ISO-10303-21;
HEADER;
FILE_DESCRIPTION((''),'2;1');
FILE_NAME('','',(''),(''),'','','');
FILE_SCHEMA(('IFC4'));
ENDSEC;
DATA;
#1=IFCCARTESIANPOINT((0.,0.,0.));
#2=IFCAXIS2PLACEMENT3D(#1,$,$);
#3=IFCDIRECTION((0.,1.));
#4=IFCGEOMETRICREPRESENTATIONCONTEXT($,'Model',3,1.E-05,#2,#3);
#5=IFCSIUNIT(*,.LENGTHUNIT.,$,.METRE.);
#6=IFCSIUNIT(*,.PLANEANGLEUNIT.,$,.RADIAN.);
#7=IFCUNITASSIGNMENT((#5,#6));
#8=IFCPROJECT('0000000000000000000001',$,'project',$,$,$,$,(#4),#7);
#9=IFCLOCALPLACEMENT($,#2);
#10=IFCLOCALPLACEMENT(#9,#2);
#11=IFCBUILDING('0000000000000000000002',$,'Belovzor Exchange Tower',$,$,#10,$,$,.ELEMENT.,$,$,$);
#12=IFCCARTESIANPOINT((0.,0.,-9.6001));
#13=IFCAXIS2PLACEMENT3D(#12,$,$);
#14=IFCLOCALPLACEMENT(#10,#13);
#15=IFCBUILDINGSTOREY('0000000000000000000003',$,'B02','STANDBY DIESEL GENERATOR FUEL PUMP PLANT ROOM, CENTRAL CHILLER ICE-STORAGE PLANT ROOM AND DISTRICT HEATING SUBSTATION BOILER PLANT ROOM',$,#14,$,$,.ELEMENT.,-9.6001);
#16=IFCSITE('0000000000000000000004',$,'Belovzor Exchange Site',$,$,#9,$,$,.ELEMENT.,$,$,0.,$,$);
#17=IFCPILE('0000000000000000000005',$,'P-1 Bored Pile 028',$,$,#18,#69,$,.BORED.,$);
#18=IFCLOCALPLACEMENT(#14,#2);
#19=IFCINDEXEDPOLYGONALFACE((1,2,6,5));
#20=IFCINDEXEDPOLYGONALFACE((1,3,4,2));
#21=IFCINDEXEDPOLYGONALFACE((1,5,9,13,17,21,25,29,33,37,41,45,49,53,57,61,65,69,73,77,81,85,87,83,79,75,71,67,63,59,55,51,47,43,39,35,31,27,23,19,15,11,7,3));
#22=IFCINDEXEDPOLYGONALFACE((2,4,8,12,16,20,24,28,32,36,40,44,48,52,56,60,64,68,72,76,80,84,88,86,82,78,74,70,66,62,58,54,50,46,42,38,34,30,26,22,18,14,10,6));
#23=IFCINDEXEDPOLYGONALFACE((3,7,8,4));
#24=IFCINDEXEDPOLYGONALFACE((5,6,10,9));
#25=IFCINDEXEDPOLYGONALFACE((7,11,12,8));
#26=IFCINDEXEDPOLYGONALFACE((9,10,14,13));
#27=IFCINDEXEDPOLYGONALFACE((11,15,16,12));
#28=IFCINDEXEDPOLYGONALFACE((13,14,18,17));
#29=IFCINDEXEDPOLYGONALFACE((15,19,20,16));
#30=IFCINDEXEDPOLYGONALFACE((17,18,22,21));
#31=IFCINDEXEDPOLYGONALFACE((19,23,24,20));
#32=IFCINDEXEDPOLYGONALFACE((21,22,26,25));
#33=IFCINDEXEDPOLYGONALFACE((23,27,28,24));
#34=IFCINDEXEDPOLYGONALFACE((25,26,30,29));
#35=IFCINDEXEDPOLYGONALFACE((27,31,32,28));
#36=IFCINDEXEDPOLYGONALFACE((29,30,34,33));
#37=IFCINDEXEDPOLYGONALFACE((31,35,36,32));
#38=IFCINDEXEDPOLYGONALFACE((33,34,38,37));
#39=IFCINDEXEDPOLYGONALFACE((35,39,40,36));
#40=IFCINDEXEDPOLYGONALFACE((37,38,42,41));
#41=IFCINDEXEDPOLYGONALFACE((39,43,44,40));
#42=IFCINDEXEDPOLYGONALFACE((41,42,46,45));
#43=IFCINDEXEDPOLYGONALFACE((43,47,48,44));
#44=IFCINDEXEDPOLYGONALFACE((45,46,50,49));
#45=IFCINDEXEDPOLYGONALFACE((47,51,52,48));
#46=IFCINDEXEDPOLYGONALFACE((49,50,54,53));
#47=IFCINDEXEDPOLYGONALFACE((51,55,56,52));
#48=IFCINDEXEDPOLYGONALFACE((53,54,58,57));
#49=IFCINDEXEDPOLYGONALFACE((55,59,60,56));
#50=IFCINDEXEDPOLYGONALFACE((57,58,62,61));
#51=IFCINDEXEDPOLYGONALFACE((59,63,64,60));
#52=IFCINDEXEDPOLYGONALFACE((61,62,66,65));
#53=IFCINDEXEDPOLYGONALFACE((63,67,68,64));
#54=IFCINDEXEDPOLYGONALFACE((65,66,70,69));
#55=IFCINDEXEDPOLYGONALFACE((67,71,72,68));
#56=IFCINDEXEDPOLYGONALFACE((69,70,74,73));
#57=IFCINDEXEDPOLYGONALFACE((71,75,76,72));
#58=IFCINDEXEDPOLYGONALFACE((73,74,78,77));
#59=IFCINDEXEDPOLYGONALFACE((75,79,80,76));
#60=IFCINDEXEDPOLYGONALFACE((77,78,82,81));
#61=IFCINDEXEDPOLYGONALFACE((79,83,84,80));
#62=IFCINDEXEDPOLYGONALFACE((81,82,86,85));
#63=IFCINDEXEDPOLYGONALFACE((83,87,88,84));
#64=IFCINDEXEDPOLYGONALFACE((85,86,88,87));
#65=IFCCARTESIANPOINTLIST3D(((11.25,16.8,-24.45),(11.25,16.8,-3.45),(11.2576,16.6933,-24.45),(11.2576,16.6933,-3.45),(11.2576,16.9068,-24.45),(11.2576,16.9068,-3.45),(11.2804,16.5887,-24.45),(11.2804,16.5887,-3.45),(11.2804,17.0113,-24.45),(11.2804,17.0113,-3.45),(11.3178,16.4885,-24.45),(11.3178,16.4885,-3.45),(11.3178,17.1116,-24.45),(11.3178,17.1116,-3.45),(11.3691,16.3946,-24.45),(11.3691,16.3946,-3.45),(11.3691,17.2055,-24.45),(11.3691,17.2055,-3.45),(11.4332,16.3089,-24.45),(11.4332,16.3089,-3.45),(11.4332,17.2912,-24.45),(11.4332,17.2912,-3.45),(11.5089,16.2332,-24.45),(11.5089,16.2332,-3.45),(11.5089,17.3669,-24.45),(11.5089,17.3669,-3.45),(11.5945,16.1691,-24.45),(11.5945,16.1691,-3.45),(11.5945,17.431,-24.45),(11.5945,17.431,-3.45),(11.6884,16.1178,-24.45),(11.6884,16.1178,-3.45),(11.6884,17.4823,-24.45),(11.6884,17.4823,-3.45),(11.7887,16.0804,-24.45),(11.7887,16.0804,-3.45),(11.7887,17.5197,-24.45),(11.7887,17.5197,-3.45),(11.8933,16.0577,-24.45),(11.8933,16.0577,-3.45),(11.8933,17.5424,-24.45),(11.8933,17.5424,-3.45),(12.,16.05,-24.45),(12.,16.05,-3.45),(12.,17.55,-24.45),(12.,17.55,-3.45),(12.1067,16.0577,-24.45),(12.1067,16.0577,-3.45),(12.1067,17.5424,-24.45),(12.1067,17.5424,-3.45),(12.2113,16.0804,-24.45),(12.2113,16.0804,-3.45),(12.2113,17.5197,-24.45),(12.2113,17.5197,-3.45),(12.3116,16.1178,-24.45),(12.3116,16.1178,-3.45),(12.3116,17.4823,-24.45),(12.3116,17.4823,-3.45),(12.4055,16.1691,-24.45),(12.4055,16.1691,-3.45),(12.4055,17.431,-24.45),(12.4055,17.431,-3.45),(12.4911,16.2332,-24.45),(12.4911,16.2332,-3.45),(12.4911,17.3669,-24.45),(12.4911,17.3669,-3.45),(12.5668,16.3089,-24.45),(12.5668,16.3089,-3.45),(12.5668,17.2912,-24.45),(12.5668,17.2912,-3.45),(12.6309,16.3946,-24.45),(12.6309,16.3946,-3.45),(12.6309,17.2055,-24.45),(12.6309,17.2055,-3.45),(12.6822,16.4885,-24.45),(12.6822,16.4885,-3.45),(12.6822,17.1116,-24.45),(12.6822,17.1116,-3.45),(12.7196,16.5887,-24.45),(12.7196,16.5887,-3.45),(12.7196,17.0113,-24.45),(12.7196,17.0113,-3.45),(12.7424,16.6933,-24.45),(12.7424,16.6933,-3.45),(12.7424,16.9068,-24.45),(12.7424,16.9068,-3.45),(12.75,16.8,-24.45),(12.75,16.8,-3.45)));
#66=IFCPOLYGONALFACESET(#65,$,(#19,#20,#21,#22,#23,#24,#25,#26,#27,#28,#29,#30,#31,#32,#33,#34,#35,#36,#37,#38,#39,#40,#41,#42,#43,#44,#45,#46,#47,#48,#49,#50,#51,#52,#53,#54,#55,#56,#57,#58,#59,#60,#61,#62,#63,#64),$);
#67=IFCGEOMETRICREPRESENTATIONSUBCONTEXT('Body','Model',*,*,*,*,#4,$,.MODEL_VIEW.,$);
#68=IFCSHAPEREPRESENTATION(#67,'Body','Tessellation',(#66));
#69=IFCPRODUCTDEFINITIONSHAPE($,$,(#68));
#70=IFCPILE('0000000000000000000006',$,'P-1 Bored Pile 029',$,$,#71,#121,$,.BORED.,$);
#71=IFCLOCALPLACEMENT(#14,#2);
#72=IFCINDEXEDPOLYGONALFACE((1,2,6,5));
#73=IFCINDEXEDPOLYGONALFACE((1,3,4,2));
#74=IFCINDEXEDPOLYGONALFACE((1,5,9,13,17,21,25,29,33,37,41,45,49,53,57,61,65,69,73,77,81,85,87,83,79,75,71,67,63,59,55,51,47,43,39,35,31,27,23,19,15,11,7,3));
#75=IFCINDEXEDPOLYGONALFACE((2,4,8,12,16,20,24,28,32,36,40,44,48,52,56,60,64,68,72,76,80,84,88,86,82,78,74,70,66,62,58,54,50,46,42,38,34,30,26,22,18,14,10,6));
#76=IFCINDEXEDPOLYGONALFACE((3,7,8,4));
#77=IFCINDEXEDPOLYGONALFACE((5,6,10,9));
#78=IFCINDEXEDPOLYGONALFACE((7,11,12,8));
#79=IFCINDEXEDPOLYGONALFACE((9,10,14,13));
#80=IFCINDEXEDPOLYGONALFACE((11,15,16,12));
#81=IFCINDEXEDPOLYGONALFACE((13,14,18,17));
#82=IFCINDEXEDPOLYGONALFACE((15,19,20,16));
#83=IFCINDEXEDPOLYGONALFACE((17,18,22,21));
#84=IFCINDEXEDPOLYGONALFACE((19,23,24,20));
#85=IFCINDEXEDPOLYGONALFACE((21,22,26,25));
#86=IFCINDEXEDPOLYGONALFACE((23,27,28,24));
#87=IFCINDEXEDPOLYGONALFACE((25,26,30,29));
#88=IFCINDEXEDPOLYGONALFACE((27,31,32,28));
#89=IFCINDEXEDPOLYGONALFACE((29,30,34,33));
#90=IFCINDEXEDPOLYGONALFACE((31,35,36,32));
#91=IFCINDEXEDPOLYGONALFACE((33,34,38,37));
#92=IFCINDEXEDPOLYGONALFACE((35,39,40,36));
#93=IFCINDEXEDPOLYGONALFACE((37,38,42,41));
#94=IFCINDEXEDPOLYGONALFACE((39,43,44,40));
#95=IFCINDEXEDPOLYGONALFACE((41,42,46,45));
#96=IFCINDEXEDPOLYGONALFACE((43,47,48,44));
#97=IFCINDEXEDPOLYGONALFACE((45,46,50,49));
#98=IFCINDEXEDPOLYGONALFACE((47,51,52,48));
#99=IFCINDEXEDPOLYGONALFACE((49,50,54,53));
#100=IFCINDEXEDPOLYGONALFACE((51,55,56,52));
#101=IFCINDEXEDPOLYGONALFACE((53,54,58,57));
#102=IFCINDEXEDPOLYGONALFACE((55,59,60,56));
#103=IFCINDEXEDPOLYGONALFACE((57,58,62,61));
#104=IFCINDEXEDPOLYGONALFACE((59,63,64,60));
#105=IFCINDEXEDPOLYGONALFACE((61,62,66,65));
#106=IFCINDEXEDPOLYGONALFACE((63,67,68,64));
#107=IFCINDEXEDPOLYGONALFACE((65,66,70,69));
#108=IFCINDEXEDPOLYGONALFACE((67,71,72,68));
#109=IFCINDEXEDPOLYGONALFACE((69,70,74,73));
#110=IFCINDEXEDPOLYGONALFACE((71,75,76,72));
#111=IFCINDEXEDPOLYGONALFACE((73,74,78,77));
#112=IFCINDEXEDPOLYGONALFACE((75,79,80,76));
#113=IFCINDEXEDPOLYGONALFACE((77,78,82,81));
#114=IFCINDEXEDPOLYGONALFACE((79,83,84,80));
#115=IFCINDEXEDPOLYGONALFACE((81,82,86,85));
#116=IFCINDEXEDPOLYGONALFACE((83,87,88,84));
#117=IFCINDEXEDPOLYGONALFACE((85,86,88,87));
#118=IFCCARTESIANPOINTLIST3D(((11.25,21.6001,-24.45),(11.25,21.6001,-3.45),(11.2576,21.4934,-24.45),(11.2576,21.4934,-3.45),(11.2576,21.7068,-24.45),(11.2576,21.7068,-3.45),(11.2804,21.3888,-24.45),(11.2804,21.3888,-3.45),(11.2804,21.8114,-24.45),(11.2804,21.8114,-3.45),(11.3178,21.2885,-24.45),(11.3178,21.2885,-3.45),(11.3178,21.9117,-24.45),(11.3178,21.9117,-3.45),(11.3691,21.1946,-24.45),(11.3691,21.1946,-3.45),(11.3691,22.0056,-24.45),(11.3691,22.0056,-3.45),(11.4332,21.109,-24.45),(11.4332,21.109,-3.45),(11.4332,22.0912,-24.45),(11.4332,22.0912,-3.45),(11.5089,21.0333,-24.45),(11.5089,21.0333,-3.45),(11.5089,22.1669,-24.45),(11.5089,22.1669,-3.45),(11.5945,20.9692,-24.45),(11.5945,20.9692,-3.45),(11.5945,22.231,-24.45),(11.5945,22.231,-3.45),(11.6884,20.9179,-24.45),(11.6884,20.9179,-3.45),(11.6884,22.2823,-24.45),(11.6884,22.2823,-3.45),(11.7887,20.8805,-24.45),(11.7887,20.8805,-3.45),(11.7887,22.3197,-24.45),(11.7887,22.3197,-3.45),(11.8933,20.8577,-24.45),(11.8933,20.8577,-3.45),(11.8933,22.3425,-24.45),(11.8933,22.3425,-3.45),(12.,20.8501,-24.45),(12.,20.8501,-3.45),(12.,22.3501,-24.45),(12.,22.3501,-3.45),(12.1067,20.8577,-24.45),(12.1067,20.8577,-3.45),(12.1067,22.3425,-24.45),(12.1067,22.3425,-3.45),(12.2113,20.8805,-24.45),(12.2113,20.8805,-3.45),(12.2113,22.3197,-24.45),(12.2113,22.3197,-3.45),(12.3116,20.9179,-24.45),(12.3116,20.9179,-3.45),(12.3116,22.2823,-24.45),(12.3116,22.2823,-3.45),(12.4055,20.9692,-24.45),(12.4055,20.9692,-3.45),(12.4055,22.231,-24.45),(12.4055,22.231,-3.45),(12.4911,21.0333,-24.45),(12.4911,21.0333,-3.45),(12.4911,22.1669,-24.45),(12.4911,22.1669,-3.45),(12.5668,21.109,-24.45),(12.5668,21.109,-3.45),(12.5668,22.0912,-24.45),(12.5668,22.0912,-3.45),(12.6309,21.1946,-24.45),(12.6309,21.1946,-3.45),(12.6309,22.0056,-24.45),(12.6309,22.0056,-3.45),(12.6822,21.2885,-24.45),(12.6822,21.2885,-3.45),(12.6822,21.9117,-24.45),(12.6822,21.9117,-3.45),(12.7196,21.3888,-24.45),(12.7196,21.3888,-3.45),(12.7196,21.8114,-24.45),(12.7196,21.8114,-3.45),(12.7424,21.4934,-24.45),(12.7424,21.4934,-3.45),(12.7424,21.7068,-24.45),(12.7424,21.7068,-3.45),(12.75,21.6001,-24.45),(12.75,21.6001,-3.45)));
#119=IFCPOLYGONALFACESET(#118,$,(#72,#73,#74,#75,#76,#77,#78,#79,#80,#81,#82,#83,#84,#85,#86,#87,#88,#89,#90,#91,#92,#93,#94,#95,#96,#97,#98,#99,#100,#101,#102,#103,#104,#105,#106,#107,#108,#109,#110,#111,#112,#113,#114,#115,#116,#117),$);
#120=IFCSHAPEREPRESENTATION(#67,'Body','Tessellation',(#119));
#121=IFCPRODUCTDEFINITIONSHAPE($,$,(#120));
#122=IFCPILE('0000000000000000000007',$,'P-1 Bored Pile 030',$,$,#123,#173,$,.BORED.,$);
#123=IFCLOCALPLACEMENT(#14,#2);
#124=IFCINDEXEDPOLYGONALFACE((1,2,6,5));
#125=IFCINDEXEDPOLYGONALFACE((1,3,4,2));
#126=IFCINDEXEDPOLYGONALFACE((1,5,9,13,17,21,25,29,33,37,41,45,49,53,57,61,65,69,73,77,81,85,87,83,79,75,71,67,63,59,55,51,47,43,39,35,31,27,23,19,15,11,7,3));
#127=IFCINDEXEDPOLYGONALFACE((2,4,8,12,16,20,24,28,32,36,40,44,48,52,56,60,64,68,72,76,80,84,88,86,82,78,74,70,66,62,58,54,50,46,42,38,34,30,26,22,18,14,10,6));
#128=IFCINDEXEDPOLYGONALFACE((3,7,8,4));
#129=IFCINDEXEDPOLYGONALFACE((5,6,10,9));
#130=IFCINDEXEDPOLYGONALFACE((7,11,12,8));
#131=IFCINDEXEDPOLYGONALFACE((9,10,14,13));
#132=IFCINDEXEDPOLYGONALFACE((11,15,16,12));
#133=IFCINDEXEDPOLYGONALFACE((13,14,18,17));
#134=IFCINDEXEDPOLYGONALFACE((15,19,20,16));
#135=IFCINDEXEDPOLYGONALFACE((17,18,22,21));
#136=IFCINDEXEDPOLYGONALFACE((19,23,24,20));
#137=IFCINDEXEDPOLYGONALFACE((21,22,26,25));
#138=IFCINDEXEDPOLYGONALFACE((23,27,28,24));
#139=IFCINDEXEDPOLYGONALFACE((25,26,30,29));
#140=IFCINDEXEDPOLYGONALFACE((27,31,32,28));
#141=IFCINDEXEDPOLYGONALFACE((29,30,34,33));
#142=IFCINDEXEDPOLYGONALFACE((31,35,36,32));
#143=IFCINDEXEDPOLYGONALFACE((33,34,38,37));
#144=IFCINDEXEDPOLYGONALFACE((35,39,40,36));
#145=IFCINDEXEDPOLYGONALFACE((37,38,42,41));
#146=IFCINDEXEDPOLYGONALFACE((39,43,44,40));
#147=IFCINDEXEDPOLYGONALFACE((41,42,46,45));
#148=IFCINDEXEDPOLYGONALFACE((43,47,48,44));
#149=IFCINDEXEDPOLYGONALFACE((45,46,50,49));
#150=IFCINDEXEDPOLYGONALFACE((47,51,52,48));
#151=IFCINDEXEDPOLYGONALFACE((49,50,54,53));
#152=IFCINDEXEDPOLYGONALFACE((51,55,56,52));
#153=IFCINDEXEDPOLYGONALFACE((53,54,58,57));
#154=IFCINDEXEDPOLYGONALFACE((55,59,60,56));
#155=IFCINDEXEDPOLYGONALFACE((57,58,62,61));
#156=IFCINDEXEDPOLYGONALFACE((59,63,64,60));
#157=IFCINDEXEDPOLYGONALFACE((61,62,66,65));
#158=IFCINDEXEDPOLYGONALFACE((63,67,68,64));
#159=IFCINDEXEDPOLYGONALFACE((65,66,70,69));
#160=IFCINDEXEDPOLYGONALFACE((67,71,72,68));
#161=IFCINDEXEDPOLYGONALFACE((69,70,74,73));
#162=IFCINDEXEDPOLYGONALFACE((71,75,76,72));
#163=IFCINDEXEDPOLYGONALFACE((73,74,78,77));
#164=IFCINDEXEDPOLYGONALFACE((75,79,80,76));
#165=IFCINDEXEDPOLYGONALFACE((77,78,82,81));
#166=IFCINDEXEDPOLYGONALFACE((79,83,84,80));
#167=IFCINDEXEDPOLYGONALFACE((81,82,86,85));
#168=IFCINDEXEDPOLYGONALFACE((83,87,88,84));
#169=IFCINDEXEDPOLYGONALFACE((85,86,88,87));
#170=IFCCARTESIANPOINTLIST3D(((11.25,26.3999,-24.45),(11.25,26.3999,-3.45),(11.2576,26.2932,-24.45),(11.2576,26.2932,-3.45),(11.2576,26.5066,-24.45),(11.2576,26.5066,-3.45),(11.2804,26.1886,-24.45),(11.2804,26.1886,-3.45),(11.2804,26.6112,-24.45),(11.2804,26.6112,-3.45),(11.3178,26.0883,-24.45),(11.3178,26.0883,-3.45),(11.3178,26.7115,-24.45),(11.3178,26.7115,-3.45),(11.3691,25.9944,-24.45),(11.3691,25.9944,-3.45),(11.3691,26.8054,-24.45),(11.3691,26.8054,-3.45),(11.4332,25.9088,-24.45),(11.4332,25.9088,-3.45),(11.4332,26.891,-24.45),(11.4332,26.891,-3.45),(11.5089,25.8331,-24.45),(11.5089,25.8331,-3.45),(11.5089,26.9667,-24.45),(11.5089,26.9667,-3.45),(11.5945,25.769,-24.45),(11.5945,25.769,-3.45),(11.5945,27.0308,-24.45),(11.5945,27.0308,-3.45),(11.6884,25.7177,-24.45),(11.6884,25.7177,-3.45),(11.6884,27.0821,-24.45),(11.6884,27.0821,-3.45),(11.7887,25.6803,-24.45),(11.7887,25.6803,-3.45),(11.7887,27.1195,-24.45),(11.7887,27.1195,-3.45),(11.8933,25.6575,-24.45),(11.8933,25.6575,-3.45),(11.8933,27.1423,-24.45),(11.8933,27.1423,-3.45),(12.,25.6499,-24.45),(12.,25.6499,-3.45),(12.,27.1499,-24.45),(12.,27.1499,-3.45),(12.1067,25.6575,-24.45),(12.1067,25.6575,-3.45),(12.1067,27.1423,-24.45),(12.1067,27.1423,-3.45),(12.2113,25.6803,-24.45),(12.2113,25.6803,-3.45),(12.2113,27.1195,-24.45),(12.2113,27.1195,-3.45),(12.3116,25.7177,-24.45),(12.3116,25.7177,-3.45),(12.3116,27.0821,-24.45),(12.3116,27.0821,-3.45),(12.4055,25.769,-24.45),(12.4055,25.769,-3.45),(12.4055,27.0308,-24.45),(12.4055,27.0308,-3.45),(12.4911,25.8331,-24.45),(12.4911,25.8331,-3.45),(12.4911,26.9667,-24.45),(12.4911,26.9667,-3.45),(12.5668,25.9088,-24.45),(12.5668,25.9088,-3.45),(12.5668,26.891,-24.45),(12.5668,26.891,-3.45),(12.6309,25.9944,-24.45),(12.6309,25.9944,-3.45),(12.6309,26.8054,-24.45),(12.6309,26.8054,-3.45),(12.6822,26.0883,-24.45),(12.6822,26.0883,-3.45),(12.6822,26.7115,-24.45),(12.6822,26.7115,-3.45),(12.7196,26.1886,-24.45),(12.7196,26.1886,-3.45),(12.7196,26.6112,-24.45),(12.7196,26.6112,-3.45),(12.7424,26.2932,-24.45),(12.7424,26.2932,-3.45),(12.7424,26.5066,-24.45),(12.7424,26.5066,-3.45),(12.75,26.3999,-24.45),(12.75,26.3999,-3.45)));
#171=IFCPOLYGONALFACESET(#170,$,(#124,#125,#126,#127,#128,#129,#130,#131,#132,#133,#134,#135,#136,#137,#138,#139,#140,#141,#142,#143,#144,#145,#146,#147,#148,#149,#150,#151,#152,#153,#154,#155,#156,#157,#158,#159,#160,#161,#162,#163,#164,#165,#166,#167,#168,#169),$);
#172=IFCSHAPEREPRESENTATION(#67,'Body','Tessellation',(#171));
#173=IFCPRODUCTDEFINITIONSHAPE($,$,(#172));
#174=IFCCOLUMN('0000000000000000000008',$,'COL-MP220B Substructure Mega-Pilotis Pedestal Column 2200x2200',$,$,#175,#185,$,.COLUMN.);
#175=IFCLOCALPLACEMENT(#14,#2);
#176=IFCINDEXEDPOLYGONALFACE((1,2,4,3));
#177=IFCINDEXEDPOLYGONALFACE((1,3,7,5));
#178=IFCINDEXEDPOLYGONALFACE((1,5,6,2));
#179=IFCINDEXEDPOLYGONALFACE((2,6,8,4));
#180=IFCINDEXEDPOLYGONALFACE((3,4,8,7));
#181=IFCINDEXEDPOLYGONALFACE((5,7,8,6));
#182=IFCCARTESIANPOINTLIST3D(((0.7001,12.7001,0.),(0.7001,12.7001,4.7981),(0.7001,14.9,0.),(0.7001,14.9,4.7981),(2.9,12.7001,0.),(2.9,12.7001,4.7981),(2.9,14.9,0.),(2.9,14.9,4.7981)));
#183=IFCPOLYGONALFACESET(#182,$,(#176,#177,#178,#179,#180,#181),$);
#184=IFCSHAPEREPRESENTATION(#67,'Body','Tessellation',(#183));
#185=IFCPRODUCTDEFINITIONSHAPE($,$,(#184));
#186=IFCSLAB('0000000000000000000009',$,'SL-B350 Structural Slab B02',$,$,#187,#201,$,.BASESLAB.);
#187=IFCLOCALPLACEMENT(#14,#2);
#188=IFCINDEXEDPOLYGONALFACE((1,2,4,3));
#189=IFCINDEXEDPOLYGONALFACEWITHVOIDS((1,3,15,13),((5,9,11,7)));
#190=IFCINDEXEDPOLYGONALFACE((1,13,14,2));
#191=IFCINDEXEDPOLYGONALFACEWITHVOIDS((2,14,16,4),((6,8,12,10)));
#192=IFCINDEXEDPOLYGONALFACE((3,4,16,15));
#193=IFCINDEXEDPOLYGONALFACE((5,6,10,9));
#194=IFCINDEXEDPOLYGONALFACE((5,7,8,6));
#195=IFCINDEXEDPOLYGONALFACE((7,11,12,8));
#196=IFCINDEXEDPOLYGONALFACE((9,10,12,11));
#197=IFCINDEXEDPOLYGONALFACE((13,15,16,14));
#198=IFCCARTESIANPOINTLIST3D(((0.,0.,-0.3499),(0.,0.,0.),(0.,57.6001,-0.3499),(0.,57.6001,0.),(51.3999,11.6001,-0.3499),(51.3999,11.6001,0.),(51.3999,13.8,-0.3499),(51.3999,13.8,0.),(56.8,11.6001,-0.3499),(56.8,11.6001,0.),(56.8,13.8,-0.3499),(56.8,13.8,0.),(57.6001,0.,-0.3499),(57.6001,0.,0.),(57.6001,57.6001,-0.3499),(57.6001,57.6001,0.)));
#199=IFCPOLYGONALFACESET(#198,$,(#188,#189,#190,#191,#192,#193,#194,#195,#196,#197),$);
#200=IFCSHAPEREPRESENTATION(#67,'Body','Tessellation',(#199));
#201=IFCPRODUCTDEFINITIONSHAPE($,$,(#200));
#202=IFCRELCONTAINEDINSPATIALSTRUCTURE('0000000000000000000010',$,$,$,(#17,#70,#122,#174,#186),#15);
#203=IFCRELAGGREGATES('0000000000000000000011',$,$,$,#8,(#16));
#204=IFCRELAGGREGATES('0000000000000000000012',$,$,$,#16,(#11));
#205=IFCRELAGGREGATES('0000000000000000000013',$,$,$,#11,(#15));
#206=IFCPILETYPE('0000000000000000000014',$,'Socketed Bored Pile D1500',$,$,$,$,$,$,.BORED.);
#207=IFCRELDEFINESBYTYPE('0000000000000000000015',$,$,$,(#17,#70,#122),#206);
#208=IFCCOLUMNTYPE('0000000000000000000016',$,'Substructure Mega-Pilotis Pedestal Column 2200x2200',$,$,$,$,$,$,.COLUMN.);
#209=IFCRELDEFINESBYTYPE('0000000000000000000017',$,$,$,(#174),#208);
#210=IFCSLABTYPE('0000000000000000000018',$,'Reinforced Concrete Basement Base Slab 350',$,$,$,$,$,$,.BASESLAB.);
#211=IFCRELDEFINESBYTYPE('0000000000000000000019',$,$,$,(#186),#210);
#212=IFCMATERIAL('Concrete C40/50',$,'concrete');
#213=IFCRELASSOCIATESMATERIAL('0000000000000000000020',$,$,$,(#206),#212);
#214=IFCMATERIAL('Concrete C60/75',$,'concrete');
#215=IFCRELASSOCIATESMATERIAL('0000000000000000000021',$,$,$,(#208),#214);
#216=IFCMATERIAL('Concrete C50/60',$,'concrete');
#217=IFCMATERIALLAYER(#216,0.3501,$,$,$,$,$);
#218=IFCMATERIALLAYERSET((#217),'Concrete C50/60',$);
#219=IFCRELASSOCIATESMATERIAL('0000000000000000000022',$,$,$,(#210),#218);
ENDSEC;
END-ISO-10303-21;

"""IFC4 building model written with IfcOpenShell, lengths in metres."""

from ifc_helpers import new_model, si_unit, direction, frame, origin, origin_2d, place, context, subcontext, project, spatial, polyline, rectangle, circle, outline, extrude, material, layer, layer_set, material_profile, profile_set, type_object, element, save


model = new_model("IFC4")

# Units and contexts
model_context = context("Model", 3, precision=1e-05, world=origin(), true_north=direction((0.0, 1.0)))
body_context = subcontext(model_context, "Body", "Model", "MODEL_VIEW")
ifc_project = project(units=[si_unit("LENGTHUNIT", "METRE"), si_unit("PLANEANGLEUNIT", "RADIAN")], contexts=[model_context])

# Site, building, storey
site_placement = place(None, origin())
site = spatial("IfcSite", under=ifc_project, at=site_placement, Name="Belovzor Exchange Site", CompositionType="ELEMENT", RefElevation=0.0)
building_placement = place(site_placement, origin())
building = spatial("IfcBuilding", under=site, at=building_placement, Name="Belovzor Exchange Tower", CompositionType="ELEMENT")
storey_placement = place(building_placement, frame((0.0, 0.0, -9.6001)))
storey = spatial("IfcBuildingStorey", under=building, at=storey_placement, Name="B02", Description="STANDBY DIESEL GENERATOR FUEL PUMP PLANT ROOM, CENTRAL CHILLER ICE-STORAGE PLANT ROOM AND DISTRICT HEATING SUBSTATION BOILER PLANT ROOM", CompositionType="ELEMENT", Elevation=-9.6001)

# Piles
ifc_material_1 = material(Name="Concrete C40/50", Category="concrete")
ifc_material_profile_1 = material_profile(ifc_material_1, circle(Radius=0.75, at=origin_2d()))
ifc_profile_set_1 = profile_set([ifc_material_profile_1], Name="Concrete C40/50")
pile_type_1 = type_object("IfcPileType", Name="Socketed Bored Pile D1500", PredefinedType="BORED", material=ifc_profile_set_1)
for number, where, z_axis, x_axis, name in (
    (1, (12.0, 16.8, -3.45), (0.0, 0.0, -1.0), (1.0, 0.0, 0.0), "P-1 Bored Pile 028"),
    (2, (12.0, 21.6001, -3.45), (0.0, 0.0, -1.0), (1.0, 0.0, 0.0), "P-1 Bored Pile 029"),
    (3, (12.0, 26.3999, -3.45), (0.0, 0.0, -1.0), (1.0, 0.0, 0.0), "P-1 Bored Pile 030"),
):
    element("IfcPile", number, at=place(storey_placement, frame(where, z_axis=z_axis, x_axis=x_axis)), inside=storey, type_object=pile_type_1, Name=name, PredefinedType="BORED", context=body_context, shape_type="SweptSolid", body=[
        extrude(circle(Radius=0.75, at=origin_2d()), origin(), (0.0, 0.0, 1.0), 21.0),
    ])

# Column
ifc_material_2 = material(Name="Concrete C60/75", Category="concrete")
ifc_material_profile_2 = material_profile(ifc_material_2, rectangle(XDim=2.2, YDim=2.2, at=origin_2d()))
ifc_profile_set_2 = profile_set([ifc_material_profile_2], Name="Concrete C60/75")
column_type = type_object("IfcColumnType", Name="Substructure Mega-Pilotis Pedestal Column 2200x2200", PredefinedType="COLUMN", material=ifc_profile_set_2)
column_placement = place(storey_placement, frame((1.8, 13.8, 0.0), z_axis=(0.0, 0.0, 1.0), x_axis=(1.0, 0.0, 0.0)))
element("IfcColumn", 4, at=column_placement, inside=storey, type_object=column_type, Name="COL-MP220B Substructure Mega-Pilotis Pedestal Column 2200x2200", PredefinedType="COLUMN", context=body_context, shape_type="SweptSolid", body=[
    extrude(rectangle(XDim=2.2, YDim=2.2, at=origin_2d()), origin(), (0.0, 0.0, 1.0), 4.7981),
])

# Slab
ifc_material_3 = material(Name="Concrete C50/60", Category="concrete")
ifc_layer_1 = layer(ifc_material_3, 0.3501)
ifc_layer_set_1 = layer_set([ifc_layer_1], Name="Concrete C50/60")
slab_type_1 = type_object("IfcSlabType", Name="Reinforced Concrete Basement Base Slab 350", PredefinedType="BASESLAB", material=ifc_layer_set_1)
slab_1_placement = place(storey_placement, frame((0.0, 0.0, -0.3499)))
element("IfcSlab", 5, at=slab_1_placement, inside=storey, type_object=slab_type_1, Name="SL-B350 Structural Slab B02", PredefinedType="BASESLAB", context=body_context, shape_type="SweptSolid", body=[
    extrude(outline(polyline([(0.0, 0.0), (57.6001, 0.0), (57.6001, 57.6001), (0.0, 57.6001), (0.0, 0.0)]), holes=[polyline([(51.3999, 11.6001), (56.8, 11.6001), (56.8, 13.8), (51.3999, 13.8), (51.3999, 11.6001)])]), origin(), (0.0, 0.0, 1.0), 0.3499),
])

save(model, "model.ifc")
